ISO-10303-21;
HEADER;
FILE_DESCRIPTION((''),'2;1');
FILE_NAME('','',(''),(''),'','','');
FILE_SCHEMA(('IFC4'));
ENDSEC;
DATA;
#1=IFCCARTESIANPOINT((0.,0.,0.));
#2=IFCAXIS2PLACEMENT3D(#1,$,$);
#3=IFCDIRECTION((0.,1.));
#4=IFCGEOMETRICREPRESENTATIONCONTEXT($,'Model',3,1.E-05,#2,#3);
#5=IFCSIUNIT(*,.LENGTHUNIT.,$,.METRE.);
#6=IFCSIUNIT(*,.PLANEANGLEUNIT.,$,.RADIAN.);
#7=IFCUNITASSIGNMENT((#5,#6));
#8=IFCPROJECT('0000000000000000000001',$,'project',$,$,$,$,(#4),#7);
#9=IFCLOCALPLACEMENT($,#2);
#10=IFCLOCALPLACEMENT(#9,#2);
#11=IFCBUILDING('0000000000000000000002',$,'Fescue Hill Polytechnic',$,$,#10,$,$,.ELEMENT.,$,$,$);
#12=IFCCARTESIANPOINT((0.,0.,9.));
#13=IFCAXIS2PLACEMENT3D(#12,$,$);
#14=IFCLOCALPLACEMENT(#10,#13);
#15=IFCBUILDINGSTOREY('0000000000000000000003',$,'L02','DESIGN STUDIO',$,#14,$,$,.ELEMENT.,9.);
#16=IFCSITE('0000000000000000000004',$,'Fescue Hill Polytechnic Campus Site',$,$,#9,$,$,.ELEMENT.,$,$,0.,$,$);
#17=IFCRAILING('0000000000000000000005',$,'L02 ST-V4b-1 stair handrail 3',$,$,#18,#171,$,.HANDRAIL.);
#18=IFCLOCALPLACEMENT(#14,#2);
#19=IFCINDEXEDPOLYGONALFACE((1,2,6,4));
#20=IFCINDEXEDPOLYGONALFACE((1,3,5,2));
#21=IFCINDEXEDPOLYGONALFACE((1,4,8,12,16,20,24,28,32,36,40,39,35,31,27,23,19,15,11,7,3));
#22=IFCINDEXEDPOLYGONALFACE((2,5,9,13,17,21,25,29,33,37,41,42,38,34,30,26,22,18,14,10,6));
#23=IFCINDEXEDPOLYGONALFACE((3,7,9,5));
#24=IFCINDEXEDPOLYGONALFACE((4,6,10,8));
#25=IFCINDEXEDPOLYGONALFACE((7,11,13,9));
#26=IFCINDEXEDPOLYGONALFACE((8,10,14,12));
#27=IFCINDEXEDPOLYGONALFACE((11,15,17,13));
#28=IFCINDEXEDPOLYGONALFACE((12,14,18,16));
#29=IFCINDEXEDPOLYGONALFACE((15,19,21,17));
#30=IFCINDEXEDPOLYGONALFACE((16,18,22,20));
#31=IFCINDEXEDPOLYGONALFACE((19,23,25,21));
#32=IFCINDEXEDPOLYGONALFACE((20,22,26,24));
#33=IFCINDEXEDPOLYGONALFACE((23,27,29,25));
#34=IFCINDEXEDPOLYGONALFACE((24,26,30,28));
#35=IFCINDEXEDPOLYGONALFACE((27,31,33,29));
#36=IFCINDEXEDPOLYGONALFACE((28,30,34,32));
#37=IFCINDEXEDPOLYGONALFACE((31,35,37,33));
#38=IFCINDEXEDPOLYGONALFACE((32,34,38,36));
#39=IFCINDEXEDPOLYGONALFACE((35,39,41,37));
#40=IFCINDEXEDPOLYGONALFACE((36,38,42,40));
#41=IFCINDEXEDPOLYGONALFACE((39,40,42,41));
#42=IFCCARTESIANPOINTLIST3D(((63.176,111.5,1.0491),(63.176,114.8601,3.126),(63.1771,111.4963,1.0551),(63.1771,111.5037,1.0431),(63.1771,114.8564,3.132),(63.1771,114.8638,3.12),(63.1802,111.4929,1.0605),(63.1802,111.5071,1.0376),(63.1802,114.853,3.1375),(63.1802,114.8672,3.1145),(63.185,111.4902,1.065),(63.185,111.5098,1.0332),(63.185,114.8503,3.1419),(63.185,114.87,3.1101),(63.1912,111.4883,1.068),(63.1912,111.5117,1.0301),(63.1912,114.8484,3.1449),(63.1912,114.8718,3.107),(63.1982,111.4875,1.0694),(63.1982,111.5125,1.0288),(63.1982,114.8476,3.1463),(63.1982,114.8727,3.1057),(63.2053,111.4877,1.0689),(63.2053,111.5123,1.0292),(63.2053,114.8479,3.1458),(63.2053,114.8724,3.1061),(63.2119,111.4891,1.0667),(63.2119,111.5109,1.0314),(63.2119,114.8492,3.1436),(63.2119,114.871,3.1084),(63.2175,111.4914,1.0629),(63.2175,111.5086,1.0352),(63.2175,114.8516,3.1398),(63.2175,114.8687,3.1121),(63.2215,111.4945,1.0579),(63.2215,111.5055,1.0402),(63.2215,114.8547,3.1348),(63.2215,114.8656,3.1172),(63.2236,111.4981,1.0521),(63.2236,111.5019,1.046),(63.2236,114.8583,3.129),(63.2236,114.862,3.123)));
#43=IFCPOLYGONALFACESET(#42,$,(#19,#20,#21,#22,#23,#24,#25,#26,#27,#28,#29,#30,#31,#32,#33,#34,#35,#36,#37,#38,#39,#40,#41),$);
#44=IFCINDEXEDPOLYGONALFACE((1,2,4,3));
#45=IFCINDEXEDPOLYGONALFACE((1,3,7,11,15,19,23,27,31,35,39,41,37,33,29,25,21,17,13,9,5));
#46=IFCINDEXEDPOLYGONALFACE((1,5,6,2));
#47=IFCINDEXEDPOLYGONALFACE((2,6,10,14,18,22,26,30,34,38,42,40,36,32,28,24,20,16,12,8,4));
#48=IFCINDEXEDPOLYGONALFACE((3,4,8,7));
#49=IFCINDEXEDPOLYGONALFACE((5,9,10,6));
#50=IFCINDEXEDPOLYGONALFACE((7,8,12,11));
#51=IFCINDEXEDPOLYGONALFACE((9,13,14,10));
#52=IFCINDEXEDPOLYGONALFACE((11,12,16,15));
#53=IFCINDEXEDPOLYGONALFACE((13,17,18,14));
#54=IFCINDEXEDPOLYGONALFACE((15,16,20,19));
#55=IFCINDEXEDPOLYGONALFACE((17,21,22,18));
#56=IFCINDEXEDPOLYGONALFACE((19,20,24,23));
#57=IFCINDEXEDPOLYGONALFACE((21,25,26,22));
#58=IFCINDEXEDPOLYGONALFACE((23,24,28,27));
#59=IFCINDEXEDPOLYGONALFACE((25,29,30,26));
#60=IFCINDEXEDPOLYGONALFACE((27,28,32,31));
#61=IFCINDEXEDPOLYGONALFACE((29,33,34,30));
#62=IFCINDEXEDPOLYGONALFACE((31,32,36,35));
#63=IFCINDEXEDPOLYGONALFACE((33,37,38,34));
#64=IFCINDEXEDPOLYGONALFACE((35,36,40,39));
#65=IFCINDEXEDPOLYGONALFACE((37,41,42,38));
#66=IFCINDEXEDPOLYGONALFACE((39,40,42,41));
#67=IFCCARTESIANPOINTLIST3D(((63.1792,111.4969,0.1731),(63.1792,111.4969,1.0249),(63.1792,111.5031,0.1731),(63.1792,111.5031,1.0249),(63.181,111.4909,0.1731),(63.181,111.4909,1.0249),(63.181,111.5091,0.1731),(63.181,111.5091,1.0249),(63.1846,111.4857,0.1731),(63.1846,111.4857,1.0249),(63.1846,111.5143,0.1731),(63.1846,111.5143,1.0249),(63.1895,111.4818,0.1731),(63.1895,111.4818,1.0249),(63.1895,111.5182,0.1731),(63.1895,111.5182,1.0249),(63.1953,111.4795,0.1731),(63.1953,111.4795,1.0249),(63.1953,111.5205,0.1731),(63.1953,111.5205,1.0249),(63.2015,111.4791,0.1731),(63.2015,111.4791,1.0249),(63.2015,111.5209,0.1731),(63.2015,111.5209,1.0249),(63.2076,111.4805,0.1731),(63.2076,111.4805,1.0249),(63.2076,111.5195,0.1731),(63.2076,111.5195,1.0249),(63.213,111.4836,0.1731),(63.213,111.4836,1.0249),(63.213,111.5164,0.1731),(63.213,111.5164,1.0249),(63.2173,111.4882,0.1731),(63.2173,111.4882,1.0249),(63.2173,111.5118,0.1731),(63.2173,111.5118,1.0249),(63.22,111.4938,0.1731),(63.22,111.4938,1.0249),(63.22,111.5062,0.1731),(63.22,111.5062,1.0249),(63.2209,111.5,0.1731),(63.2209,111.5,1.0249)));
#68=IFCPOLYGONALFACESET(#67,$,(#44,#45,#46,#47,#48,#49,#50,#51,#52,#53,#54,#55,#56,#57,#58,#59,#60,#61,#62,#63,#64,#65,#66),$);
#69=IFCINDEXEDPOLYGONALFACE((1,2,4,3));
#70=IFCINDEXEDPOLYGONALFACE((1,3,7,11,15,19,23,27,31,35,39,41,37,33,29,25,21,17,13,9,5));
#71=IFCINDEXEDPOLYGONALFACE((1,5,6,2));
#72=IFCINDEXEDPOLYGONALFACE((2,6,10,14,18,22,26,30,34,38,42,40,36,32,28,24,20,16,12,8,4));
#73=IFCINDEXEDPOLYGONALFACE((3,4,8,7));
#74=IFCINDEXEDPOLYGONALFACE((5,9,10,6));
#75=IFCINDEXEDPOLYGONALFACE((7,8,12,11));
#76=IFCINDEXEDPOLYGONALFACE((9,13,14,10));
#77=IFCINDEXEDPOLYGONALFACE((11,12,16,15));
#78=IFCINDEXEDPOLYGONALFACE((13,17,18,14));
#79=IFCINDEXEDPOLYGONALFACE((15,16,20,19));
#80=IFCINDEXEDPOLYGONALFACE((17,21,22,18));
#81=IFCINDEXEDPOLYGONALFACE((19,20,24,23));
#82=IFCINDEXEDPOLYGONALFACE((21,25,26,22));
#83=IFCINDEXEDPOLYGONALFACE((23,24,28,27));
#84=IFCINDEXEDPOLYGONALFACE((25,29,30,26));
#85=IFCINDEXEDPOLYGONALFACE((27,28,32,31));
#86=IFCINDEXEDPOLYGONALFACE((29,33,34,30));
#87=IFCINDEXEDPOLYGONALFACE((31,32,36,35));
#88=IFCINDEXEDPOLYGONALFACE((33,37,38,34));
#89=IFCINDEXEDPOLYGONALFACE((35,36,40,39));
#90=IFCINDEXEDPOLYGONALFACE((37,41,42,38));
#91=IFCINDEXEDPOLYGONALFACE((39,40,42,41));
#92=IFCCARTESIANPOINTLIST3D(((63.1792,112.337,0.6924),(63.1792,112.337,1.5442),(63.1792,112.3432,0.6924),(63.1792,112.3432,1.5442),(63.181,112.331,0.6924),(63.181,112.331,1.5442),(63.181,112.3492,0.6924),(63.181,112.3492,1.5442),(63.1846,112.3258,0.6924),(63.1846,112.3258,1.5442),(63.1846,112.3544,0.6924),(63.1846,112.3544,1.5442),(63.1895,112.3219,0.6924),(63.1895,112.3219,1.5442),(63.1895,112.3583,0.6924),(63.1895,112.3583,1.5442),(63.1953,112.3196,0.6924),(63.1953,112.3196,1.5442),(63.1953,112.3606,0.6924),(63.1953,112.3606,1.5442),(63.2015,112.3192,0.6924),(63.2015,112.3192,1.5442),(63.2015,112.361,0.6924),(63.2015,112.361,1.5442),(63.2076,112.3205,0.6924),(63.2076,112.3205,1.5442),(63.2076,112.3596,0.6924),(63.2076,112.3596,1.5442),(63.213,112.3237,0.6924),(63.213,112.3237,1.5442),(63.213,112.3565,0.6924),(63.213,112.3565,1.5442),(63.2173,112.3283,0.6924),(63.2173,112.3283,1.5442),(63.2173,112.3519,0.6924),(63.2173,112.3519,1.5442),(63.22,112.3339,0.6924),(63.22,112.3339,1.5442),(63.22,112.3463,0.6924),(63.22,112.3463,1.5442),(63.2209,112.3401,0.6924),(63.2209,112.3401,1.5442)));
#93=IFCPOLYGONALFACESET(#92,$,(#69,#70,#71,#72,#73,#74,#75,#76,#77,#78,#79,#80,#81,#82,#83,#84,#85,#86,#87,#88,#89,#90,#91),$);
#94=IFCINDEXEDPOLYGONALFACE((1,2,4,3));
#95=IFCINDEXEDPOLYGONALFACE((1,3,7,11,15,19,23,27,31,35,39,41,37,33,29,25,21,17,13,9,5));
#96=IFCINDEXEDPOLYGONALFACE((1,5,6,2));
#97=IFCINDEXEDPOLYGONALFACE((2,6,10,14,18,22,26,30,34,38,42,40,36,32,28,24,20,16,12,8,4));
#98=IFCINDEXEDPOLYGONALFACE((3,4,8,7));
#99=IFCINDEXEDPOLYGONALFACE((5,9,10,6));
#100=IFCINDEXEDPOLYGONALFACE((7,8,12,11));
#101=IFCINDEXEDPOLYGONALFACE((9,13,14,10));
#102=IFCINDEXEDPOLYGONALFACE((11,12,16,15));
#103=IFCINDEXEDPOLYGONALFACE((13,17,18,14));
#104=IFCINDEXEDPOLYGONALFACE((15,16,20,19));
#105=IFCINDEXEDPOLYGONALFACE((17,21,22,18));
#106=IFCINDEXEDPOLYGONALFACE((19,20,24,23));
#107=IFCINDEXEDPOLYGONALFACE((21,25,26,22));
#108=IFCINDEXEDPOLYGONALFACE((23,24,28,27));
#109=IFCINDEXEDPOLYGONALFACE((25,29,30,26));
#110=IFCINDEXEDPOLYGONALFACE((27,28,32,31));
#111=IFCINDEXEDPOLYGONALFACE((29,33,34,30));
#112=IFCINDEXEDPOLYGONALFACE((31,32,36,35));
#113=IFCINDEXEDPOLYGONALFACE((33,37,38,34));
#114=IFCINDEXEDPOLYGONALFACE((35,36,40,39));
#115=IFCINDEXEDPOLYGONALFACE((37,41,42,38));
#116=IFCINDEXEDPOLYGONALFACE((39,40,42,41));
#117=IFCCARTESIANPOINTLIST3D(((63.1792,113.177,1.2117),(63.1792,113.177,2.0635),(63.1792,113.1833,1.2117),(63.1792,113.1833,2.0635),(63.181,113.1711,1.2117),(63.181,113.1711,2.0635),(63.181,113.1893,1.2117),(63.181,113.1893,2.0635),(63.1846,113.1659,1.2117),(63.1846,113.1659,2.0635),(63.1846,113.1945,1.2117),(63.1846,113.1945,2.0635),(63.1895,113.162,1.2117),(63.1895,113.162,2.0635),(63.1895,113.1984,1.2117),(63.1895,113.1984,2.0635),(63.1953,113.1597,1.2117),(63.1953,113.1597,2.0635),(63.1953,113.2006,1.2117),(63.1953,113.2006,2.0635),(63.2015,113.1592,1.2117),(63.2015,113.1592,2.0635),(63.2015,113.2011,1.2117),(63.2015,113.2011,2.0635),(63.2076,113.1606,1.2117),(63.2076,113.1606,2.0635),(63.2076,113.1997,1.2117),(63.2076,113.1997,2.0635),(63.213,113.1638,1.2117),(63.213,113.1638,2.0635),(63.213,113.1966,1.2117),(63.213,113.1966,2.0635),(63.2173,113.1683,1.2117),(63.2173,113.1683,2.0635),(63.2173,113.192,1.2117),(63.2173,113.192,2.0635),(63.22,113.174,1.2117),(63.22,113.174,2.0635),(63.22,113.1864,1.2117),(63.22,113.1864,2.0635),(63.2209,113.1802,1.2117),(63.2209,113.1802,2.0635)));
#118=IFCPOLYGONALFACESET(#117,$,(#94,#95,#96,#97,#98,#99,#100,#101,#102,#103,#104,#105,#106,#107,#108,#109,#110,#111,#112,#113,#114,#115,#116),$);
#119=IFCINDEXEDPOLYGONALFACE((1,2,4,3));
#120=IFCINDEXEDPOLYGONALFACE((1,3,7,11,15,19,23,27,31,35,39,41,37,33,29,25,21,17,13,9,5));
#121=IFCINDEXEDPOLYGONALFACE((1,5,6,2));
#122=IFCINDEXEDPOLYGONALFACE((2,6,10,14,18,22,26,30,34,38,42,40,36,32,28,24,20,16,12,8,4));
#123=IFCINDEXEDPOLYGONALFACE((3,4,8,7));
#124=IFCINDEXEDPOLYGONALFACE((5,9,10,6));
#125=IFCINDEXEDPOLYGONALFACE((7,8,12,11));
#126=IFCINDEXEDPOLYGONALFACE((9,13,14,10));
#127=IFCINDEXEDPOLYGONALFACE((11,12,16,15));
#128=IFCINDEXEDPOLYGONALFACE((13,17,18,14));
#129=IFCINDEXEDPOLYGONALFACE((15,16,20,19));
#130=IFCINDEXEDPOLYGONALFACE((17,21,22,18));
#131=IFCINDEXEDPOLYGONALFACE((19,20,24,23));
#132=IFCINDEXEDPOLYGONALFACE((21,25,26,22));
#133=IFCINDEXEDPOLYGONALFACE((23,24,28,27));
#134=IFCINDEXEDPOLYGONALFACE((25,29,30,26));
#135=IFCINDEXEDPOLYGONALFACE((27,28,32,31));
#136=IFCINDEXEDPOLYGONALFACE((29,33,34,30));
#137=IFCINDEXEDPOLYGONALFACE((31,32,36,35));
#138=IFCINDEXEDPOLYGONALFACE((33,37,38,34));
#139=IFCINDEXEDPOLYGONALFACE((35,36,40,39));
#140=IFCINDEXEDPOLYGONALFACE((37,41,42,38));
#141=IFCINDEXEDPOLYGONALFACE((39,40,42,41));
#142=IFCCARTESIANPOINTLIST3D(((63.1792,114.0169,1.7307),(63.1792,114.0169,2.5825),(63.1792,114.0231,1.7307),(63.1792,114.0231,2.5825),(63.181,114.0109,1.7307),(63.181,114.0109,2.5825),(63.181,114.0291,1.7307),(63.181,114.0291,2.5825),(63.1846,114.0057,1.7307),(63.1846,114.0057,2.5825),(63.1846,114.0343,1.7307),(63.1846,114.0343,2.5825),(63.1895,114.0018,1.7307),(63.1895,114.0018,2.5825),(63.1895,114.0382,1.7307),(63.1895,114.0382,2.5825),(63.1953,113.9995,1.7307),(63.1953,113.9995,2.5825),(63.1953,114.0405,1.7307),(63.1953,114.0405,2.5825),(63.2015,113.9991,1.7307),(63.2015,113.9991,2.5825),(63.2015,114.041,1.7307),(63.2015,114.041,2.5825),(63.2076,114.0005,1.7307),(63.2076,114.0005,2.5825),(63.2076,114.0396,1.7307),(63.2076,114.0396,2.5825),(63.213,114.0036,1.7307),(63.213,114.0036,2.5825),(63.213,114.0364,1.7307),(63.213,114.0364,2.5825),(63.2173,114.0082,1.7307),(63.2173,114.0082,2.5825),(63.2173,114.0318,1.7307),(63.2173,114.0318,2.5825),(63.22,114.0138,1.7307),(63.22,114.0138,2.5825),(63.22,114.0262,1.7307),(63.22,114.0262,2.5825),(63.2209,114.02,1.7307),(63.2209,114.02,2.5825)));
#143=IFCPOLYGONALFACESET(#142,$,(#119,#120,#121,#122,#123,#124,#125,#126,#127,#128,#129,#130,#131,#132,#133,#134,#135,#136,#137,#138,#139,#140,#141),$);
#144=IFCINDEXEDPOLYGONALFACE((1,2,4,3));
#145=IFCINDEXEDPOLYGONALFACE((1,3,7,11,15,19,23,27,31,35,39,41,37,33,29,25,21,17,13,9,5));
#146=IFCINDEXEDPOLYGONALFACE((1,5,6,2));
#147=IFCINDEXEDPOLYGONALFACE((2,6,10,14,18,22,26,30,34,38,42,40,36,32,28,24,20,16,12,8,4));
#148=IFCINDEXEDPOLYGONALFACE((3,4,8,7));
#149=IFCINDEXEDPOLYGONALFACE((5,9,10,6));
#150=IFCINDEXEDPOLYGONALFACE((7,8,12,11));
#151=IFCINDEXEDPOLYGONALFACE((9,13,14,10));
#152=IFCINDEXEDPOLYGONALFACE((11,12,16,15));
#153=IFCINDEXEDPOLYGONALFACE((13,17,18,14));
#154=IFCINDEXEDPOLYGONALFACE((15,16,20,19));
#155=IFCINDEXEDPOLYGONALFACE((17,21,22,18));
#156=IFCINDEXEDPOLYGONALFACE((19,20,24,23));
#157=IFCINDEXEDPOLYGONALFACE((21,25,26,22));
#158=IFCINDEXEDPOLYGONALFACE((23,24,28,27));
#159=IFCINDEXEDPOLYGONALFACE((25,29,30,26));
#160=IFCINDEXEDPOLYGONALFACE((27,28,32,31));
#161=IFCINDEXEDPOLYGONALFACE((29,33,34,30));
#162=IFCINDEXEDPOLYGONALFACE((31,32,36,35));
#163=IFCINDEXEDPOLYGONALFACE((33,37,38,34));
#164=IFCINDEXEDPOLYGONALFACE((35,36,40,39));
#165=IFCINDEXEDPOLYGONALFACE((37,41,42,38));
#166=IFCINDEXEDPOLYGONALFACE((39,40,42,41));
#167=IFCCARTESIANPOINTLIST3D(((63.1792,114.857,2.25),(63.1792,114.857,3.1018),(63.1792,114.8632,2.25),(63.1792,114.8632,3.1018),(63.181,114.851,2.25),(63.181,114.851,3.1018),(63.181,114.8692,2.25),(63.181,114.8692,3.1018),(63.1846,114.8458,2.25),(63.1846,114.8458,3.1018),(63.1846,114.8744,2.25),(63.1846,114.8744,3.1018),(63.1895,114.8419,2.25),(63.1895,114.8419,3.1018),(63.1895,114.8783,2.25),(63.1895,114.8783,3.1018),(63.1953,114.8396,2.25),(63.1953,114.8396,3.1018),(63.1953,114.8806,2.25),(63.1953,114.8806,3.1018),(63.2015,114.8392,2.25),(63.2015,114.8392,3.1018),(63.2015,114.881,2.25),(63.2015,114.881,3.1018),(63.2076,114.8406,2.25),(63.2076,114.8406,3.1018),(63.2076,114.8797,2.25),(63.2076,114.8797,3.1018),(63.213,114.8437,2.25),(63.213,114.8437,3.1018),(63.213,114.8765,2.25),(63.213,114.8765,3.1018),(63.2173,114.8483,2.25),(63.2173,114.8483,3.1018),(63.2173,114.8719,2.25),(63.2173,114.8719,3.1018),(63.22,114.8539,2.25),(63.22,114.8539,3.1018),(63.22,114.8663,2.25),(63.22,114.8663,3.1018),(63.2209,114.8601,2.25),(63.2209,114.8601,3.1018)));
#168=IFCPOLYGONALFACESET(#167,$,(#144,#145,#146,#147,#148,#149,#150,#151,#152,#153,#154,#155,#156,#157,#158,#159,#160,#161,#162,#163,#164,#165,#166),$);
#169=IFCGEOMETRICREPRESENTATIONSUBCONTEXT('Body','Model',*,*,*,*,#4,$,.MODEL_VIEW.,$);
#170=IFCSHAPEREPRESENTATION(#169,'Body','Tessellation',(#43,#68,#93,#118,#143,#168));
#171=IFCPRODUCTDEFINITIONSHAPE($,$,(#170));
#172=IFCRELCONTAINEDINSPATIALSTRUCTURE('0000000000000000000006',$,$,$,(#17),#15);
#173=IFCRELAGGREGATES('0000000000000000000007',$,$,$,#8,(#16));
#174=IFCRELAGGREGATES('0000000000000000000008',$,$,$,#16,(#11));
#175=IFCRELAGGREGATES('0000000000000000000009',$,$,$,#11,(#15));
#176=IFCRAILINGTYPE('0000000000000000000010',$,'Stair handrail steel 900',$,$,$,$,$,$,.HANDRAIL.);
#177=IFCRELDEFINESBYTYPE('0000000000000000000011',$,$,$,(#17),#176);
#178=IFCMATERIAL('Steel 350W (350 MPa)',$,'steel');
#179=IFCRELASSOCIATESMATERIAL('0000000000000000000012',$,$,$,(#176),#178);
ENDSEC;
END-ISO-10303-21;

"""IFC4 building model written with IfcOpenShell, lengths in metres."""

from ifc_helpers import new_model, si_unit, direction, frame, origin, origin_2d, place, context, subcontext, project, spatial, circle, extrude, material, type_object, element, save


model = new_model("IFC4")

# Units and contexts
model_context = context("Model", 3, precision=1e-05, world=origin(), true_north=direction((0.0, 1.0)))
body_context = subcontext(model_context, "Body", "Model", "MODEL_VIEW")
ifc_project = project(units=[si_unit("LENGTHUNIT", "METRE"), si_unit("PLANEANGLEUNIT", "RADIAN")], contexts=[model_context])

# Site, building, storey
site_placement = place(None, origin())
site = spatial("IfcSite", under=ifc_project, at=site_placement, Name="Fescue Hill Polytechnic Campus Site", CompositionType="ELEMENT", RefElevation=0.0)
building_placement = place(site_placement, origin())
building = spatial("IfcBuilding", under=site, at=building_placement, Name="Fescue Hill Polytechnic", CompositionType="ELEMENT")
storey_placement = place(building_placement, frame((0.0, 0.0, 9.0)))
storey = spatial("IfcBuildingStorey", under=building, at=storey_placement, Name="L02", Description="DESIGN STUDIO", CompositionType="ELEMENT", Elevation=9.0)

# Railing
ifc_material_1 = material(Name="Steel 350W (350 MPa)", Category="steel")
railing_type_1 = type_object("IfcRailingType", Name="Stair handrail steel 900", PredefinedType="HANDRAIL", material=ifc_material_1)
for number, where, name in (
    (1, (63.2, 111.5, 0.1731), "L02 ST-V4b-1 stair handrail 3"),
):
    element("IfcRailing", number, at=place(storey_placement, frame(where)), inside=storey, type_object=railing_type_1, Name=name, PredefinedType="HANDRAIL", context=body_context, shape_type="SweptSolid", body=[
        extrude(circle(Radius=0.0239, at=origin_2d()), frame((0.0, 0.0, 0.876), z_axis=(0.0, 0.850623, 0.525776), x_axis=(-1.0, 0.0, 0.0)), (0.0, 0.0, 1.0), 3.9502),
        extrude(circle(Radius=0.021, at=origin_2d()), origin(), (0.0, 0.0, 1.0), 0.8518),
        extrude(circle(Radius=0.021, at=origin_2d()), frame((0.0, 0.8401, 0.5193)), (0.0, 0.0, 1.0), 0.8518),
        extrude(circle(Radius=0.021, at=origin_2d()), frame((0.0, 1.6802, 1.0386)), (0.0, 0.0, 1.0), 0.8518),
        extrude(circle(Radius=0.021, at=origin_2d()), frame((0.0, 2.52, 1.5576)), (0.0, 0.0, 1.0), 0.8518),
        extrude(circle(Radius=0.021, at=origin_2d()), frame((0.0, 3.3601, 2.0769)), (0.0, 0.0, 1.0), 0.8518),
    ])

save(model, "model.ifc")
